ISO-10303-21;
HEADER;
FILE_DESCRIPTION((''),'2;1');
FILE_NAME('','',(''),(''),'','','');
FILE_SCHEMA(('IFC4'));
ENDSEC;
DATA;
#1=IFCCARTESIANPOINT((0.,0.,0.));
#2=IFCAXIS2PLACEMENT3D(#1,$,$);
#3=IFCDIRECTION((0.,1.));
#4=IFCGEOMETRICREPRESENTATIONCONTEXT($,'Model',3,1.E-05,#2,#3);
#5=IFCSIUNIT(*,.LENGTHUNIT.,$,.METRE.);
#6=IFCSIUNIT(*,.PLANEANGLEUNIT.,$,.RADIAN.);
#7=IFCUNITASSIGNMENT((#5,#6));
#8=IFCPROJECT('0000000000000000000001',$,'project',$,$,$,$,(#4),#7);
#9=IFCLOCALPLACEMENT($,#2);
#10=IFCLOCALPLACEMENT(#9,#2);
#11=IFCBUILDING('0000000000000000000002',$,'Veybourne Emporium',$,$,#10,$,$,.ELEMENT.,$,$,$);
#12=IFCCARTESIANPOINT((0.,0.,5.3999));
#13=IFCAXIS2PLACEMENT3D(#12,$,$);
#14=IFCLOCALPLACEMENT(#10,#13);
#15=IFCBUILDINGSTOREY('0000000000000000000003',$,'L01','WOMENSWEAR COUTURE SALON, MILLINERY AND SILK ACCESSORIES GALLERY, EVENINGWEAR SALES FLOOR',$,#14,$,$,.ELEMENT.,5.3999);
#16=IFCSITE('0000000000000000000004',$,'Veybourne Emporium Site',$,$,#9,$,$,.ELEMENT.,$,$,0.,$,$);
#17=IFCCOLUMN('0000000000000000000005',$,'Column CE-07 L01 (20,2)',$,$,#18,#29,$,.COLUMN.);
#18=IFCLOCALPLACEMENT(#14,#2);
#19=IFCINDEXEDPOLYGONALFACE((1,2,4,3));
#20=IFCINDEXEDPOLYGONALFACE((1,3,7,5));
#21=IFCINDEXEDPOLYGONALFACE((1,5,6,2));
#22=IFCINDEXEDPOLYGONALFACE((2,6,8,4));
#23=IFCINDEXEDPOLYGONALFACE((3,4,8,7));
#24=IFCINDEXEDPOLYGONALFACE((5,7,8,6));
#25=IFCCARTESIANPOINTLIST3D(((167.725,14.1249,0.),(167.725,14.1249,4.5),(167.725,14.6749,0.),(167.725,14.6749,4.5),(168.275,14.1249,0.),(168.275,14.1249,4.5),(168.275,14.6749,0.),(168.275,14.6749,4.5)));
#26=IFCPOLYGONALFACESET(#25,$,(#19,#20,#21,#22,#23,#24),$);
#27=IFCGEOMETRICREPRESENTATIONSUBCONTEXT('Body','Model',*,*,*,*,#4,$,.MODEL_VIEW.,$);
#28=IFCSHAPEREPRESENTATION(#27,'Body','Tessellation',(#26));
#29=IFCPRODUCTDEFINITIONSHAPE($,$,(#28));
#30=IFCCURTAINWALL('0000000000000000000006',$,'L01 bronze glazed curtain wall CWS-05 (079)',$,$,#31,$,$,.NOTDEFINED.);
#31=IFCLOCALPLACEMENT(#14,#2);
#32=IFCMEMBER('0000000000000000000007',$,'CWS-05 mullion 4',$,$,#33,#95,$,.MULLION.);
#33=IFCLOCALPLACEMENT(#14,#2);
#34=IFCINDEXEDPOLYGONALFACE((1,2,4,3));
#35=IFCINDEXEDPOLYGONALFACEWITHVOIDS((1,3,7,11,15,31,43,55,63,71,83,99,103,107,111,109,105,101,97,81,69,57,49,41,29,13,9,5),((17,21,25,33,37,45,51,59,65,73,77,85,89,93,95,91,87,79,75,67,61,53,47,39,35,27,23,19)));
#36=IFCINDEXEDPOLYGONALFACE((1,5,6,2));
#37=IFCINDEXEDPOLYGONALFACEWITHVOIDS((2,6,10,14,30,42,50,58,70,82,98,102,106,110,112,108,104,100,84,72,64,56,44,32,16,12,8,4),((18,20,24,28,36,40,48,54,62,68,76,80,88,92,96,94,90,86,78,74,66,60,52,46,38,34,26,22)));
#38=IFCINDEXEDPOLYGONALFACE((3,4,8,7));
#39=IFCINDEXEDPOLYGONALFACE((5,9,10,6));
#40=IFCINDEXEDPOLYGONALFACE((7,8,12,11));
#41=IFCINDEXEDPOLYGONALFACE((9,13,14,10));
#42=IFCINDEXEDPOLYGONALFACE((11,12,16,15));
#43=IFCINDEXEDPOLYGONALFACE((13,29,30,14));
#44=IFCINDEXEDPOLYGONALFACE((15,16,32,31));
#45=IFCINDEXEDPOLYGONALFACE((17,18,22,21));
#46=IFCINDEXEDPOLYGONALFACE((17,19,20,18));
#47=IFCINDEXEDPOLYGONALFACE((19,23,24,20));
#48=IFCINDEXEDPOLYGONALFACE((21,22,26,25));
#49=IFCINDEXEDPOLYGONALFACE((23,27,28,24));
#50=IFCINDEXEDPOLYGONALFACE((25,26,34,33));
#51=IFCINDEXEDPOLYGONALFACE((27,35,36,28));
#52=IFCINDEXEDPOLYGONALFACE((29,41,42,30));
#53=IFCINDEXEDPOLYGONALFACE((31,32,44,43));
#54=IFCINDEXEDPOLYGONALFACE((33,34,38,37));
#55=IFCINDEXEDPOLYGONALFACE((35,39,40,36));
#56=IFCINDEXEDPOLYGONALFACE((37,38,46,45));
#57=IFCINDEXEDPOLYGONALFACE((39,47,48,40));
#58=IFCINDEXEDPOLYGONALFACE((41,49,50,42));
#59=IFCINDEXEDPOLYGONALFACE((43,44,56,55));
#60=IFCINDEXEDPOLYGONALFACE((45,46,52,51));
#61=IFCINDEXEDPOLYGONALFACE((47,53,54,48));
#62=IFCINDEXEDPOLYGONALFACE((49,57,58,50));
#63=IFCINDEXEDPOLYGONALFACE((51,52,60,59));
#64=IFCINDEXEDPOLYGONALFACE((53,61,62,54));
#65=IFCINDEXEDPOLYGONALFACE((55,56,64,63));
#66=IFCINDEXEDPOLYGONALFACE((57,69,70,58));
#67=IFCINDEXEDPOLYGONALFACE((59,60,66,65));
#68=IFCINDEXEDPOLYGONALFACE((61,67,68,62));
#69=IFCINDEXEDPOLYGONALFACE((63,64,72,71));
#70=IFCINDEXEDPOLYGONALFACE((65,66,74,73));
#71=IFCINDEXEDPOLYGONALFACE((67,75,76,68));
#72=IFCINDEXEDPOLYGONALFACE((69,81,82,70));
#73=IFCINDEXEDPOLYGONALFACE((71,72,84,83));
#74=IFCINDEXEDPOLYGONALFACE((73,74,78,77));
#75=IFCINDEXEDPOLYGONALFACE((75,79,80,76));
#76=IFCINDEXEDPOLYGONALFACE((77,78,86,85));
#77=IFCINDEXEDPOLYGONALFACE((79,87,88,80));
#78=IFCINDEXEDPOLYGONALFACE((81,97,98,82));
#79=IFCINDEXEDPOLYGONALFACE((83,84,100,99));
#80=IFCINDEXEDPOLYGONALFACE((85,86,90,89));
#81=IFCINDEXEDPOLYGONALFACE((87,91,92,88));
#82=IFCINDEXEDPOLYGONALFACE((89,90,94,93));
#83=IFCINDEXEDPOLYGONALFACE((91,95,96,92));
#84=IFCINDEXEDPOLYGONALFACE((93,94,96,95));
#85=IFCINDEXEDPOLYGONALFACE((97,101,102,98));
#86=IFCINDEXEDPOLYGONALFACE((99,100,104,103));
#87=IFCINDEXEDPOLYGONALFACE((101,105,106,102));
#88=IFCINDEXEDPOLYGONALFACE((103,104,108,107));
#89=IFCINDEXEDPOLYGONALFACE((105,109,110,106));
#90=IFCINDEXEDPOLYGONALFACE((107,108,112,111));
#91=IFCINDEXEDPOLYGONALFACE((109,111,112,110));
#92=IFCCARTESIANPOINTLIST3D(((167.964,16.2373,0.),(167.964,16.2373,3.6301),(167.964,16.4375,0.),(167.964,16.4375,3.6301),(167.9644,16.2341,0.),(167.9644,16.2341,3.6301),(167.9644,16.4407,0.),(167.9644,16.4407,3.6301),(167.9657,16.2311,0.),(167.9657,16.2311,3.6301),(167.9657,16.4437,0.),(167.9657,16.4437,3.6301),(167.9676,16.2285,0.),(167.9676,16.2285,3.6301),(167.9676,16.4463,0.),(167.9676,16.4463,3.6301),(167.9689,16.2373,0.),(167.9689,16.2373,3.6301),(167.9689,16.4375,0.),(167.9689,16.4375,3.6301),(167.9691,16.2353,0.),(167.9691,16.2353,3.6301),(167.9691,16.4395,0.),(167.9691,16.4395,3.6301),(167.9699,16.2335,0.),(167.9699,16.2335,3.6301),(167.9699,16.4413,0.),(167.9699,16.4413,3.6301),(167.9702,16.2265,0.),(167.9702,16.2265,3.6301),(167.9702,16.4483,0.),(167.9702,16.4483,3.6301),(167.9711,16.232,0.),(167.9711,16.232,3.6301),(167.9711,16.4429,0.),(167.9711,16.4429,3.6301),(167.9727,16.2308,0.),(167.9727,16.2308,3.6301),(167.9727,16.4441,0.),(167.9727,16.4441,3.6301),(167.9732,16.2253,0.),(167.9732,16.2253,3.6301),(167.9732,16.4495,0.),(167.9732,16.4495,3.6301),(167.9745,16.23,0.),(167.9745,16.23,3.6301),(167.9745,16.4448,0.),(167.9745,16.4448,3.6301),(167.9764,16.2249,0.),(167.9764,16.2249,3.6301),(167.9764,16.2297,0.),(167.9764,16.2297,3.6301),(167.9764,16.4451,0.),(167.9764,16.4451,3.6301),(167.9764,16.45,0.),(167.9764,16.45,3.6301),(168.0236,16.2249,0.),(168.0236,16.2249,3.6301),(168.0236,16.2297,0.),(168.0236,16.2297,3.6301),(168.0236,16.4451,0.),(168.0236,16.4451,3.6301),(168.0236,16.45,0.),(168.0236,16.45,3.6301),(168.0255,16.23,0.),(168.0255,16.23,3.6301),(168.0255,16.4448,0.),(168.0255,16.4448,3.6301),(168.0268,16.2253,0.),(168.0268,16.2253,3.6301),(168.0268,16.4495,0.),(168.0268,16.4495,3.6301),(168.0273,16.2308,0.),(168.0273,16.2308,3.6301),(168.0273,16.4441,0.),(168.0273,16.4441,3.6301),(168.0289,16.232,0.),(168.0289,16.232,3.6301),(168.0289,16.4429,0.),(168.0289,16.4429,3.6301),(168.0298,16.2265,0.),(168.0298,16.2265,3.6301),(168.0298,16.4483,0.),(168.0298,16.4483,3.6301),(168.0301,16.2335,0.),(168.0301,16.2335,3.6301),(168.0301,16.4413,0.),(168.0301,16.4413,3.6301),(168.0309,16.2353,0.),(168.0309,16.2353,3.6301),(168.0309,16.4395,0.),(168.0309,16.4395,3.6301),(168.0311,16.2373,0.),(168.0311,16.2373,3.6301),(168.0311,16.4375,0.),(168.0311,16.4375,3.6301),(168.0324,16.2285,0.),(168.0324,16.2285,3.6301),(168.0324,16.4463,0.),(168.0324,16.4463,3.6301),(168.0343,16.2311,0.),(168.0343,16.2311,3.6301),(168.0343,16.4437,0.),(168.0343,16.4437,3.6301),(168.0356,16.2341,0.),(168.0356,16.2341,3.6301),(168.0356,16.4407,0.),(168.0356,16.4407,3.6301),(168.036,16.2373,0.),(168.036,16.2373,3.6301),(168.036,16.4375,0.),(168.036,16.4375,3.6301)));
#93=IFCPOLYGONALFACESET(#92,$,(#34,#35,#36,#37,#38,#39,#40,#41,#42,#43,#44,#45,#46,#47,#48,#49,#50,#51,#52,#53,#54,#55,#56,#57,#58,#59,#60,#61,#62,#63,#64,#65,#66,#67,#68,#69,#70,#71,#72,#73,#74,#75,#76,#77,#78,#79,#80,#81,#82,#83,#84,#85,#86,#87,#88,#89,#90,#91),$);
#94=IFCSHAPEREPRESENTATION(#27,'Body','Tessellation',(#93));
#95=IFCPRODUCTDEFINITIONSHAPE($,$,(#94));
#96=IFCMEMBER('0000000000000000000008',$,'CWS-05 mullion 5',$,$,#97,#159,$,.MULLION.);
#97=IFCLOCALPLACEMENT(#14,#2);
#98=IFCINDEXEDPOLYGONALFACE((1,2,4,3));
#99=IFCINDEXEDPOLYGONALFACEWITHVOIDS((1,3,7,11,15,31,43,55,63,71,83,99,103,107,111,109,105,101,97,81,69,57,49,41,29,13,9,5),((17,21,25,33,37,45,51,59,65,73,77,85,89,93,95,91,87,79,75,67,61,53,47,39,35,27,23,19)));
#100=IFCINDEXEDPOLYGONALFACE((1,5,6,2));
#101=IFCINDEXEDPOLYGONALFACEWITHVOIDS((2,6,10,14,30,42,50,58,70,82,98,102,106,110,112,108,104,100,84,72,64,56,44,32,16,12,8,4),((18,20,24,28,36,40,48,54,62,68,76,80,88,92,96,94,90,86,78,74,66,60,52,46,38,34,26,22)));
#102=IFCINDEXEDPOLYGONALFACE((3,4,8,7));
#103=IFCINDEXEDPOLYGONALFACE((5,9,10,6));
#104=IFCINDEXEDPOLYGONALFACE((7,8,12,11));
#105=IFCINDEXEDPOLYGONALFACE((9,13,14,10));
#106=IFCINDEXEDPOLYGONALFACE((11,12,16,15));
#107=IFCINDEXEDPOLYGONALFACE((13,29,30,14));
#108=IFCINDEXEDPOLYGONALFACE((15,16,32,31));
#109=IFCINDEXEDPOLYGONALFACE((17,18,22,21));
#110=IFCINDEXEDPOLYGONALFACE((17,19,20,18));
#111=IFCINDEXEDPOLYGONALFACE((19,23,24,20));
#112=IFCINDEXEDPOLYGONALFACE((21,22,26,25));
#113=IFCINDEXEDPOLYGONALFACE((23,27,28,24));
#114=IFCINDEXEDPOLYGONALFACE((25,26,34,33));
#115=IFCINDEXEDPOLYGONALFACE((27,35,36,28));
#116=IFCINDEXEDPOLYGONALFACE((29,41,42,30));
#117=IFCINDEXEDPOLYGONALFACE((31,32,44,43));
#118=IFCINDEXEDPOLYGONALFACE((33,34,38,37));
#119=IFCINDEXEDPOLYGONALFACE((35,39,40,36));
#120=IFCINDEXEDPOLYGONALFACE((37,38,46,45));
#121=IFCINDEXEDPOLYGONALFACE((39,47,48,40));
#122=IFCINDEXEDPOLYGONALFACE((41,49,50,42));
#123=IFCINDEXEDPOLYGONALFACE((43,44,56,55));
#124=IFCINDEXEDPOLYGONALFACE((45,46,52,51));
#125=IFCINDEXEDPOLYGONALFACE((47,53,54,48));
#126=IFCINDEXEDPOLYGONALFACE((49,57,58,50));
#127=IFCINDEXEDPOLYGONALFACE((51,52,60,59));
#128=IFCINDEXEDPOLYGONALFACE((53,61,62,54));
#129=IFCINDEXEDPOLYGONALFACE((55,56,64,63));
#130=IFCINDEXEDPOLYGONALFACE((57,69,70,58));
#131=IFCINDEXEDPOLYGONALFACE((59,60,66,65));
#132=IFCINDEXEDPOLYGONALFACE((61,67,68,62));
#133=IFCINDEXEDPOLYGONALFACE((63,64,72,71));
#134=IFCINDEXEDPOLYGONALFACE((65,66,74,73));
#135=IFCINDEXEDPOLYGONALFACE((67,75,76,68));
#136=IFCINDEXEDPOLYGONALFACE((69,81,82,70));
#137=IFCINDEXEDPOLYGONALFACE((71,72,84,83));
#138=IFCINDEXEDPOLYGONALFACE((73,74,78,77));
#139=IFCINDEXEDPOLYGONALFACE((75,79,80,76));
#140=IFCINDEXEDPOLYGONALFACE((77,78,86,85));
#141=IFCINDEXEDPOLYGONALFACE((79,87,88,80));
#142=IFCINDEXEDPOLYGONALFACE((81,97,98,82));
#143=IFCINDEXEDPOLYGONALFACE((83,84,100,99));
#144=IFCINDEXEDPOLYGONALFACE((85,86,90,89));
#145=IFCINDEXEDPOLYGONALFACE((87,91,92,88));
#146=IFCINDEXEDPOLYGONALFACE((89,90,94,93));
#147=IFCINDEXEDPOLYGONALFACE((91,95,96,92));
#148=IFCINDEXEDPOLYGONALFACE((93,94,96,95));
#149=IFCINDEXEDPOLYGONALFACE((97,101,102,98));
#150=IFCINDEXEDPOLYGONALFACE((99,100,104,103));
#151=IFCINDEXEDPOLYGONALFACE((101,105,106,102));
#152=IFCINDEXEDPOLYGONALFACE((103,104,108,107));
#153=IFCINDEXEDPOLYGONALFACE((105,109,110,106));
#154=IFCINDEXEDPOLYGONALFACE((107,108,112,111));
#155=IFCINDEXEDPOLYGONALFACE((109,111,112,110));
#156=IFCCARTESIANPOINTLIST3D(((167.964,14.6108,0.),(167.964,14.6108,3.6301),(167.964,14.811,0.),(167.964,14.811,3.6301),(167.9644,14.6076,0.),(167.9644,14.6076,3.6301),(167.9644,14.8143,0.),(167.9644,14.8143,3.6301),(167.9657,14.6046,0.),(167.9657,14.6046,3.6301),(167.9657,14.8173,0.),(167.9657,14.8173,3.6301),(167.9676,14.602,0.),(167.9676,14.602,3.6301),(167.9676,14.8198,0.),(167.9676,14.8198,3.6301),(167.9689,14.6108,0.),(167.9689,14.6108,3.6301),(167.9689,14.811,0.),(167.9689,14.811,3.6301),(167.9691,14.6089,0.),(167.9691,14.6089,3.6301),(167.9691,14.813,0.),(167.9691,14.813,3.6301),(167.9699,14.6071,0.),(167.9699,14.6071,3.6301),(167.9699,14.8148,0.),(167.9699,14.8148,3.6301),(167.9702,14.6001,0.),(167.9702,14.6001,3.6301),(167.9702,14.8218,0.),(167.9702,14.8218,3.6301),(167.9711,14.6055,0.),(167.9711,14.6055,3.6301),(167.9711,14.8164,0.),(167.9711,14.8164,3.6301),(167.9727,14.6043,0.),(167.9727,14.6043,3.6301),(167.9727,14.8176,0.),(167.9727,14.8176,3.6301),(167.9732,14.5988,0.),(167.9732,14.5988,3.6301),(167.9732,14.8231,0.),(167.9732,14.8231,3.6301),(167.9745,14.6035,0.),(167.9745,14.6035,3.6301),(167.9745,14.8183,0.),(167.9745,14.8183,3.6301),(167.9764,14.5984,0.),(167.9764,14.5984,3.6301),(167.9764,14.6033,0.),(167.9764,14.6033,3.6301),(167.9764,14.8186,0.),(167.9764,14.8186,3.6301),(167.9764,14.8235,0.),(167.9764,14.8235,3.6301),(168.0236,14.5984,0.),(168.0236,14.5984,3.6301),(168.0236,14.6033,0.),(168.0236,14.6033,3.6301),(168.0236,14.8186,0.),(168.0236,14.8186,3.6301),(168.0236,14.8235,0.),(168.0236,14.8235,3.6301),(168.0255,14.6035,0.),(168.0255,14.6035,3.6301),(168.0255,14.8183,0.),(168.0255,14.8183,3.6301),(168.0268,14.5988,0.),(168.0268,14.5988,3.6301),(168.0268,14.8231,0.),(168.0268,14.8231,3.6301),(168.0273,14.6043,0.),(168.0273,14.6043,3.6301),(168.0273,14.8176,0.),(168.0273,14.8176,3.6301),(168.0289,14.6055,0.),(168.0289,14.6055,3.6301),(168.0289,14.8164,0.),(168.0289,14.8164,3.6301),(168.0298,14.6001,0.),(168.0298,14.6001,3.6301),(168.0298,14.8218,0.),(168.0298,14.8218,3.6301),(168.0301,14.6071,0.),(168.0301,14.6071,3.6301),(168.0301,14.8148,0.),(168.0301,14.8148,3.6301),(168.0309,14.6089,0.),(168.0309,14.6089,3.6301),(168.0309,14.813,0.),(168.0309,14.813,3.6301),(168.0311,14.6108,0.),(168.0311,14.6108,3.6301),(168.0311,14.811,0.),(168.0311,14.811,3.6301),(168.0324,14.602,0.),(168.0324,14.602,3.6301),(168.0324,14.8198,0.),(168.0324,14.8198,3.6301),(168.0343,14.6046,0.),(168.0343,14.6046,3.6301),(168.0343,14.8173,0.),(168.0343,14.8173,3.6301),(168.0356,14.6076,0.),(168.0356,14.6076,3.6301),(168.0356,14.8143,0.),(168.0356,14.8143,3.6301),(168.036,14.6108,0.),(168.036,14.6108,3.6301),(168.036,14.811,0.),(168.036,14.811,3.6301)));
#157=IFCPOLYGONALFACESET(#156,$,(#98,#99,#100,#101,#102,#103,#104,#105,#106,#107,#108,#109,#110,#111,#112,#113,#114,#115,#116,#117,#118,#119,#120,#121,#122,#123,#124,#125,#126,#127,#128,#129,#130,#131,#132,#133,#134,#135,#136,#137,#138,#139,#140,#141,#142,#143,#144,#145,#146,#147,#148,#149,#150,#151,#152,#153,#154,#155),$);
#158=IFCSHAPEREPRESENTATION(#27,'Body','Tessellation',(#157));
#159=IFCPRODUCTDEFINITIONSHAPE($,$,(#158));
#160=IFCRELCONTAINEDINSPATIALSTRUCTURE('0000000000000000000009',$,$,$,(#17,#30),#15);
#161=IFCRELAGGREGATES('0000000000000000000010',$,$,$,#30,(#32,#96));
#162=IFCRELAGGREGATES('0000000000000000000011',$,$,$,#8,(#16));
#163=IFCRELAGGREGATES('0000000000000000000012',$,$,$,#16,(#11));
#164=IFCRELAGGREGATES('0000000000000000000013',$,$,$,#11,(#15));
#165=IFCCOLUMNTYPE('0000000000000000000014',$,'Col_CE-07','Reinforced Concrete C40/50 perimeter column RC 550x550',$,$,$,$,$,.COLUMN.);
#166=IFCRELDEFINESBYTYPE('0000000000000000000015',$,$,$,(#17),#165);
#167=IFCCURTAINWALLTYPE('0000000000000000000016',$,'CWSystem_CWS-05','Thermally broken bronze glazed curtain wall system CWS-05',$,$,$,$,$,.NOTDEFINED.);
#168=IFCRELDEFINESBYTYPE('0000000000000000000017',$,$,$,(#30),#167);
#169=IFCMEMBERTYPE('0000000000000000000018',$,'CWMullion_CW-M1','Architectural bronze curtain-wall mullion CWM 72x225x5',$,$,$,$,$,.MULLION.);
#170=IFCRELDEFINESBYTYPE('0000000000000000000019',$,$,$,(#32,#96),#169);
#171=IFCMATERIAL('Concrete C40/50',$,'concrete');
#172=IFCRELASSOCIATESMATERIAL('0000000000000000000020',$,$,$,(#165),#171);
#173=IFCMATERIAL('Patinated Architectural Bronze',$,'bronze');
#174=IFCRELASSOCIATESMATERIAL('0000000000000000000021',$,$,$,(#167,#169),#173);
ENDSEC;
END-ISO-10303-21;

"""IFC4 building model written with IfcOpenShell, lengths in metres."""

from ifc_helpers import new_model, si_unit, direction, frame, origin, origin_2d, place, context, subcontext, project, spatial, rectangle, hollow_rectangle, extrude, material, material_profile, profile_set, type_object, element, aggregate, save


model = new_model("IFC4")

# Units and contexts
model_context = context("Model", 3, precision=1e-05, world=origin(), true_north=direction((0.0, 1.0)))
body_context = subcontext(model_context, "Body", "Model", "MODEL_VIEW")
ifc_project = project(units=[si_unit("LENGTHUNIT", "METRE"), si_unit("PLANEANGLEUNIT", "RADIAN")], contexts=[model_context])

# Site, building, storey
site_placement = place(None, origin())
site = spatial("IfcSite", under=ifc_project, at=site_placement, Name="Veybourne Emporium Site", CompositionType="ELEMENT", RefElevation=0.0)
building_placement = place(site_placement, origin())
building = spatial("IfcBuilding", under=site, at=building_placement, Name="Veybourne Emporium", CompositionType="ELEMENT")
storey_placement = place(building_placement, frame((0.0, 0.0, 5.3999)))
storey = spatial("IfcBuildingStorey", under=building, at=storey_placement, Name="L01", Description="WOMENSWEAR COUTURE SALON, MILLINERY AND SILK ACCESSORIES GALLERY, EVENINGWEAR SALES FLOOR", CompositionType="ELEMENT", Elevation=5.3999)

# Column
ifc_material_1 = material(Name="Concrete C40/50", Category="concrete")
ifc_material_profile_1 = material_profile(ifc_material_1, rectangle(XDim=0.55, YDim=0.55, at=origin_2d()), Name="RC 550x550")
ifc_profile_set_1 = profile_set([ifc_material_profile_1], Name="Concrete C40/50")
column_type = type_object("IfcColumnType", Name="Col_CE-07", Description="Reinforced Concrete C40/50 perimeter column RC 550x550", PredefinedType="COLUMN", material=ifc_profile_set_1)
column_placement = place(storey_placement, frame((168.0, 14.3999, 0.0), z_axis=(0.0, 0.0, 1.0), x_axis=(1.0, 0.0, 0.0)))
element("IfcColumn", 1, at=column_placement, inside=storey, type_object=column_type, Name="Column CE-07 L01 (20,2)", PredefinedType="COLUMN", context=body_context, shape_type="SweptSolid", body=[
    extrude(rectangle(XDim=0.55, YDim=0.55, at=origin_2d()), origin(), (0.0, 0.0, 1.0), 4.5),
])

# Curtain wall, members
ifc_material_2 = material(Name="Patinated Architectural Bronze", Category="bronze")
curtain_wall_type_1 = type_object("IfcCurtainWallType", Name="CWSystem_CWS-05", Description="Thermally broken bronze glazed curtain wall system CWS-05", PredefinedType="NOTDEFINED", material=ifc_material_2)
curtain_wall_1_placement = place(storey_placement, origin())
curtain_wall_1 = element("IfcCurtainWall", 2, at=curtain_wall_1_placement, inside=storey, type_object=curtain_wall_type_1, Name="L01 bronze glazed curtain wall CWS-05 (079)", PredefinedType="NOTDEFINED")
ifc_material_profile_2 = material_profile(ifc_material_2, hollow_rectangle(XDim=0.072, YDim=0.2251, WallThickness=0.0049, InnerFilletRadius=0.0076, OuterFilletRadius=0.0125, at=origin_2d()), Name="CWM 72x225x5")
ifc_profile_set_2 = profile_set([ifc_material_profile_2], Name="Patinated Architectural Bronze")
member_type_1 = type_object("IfcMemberType", Name="CWMullion_CW-M1", Description="Architectural bronze curtain-wall mullion CWM 72x225x5", PredefinedType="MULLION", material=ifc_profile_set_2)
member_1_placement = place(storey_placement, frame((168.0, 16.3374, 0.0), z_axis=(0.0, 0.0, 1.0), x_axis=(1.0, 0.0, 0.0)))
member_1 = element("IfcMember", 3, at=member_1_placement, type_object=member_type_1, Name="CWS-05 mullion 4", PredefinedType="MULLION", context=body_context, shape_type="SweptSolid", body=[
    extrude(hollow_rectangle(XDim=0.072, YDim=0.2251, WallThickness=0.0049, InnerFilletRadius=0.0076, OuterFilletRadius=0.0125, at=origin_2d()), origin(), (0.0, 0.0, 1.0), 3.6301),
])
member_2_placement = place(storey_placement, frame((168.0, 14.7109, 0.0), z_axis=(0.0, 0.0, 1.0), x_axis=(1.0, 0.0, 0.0)))
member_2 = element("IfcMember", 4, at=member_2_placement, type_object=member_type_1, Name="CWS-05 mullion 5", PredefinedType="MULLION", context=body_context, shape_type="SweptSolid", body=[
    extrude(hollow_rectangle(XDim=0.072, YDim=0.2251, WallThickness=0.0049, InnerFilletRadius=0.0076, OuterFilletRadius=0.0125, at=origin_2d()), origin(), (0.0, 0.0, 1.0), 3.6301),
])

aggregate(curtain_wall_1, [member_1, member_2])

save(model, "model.ifc")
